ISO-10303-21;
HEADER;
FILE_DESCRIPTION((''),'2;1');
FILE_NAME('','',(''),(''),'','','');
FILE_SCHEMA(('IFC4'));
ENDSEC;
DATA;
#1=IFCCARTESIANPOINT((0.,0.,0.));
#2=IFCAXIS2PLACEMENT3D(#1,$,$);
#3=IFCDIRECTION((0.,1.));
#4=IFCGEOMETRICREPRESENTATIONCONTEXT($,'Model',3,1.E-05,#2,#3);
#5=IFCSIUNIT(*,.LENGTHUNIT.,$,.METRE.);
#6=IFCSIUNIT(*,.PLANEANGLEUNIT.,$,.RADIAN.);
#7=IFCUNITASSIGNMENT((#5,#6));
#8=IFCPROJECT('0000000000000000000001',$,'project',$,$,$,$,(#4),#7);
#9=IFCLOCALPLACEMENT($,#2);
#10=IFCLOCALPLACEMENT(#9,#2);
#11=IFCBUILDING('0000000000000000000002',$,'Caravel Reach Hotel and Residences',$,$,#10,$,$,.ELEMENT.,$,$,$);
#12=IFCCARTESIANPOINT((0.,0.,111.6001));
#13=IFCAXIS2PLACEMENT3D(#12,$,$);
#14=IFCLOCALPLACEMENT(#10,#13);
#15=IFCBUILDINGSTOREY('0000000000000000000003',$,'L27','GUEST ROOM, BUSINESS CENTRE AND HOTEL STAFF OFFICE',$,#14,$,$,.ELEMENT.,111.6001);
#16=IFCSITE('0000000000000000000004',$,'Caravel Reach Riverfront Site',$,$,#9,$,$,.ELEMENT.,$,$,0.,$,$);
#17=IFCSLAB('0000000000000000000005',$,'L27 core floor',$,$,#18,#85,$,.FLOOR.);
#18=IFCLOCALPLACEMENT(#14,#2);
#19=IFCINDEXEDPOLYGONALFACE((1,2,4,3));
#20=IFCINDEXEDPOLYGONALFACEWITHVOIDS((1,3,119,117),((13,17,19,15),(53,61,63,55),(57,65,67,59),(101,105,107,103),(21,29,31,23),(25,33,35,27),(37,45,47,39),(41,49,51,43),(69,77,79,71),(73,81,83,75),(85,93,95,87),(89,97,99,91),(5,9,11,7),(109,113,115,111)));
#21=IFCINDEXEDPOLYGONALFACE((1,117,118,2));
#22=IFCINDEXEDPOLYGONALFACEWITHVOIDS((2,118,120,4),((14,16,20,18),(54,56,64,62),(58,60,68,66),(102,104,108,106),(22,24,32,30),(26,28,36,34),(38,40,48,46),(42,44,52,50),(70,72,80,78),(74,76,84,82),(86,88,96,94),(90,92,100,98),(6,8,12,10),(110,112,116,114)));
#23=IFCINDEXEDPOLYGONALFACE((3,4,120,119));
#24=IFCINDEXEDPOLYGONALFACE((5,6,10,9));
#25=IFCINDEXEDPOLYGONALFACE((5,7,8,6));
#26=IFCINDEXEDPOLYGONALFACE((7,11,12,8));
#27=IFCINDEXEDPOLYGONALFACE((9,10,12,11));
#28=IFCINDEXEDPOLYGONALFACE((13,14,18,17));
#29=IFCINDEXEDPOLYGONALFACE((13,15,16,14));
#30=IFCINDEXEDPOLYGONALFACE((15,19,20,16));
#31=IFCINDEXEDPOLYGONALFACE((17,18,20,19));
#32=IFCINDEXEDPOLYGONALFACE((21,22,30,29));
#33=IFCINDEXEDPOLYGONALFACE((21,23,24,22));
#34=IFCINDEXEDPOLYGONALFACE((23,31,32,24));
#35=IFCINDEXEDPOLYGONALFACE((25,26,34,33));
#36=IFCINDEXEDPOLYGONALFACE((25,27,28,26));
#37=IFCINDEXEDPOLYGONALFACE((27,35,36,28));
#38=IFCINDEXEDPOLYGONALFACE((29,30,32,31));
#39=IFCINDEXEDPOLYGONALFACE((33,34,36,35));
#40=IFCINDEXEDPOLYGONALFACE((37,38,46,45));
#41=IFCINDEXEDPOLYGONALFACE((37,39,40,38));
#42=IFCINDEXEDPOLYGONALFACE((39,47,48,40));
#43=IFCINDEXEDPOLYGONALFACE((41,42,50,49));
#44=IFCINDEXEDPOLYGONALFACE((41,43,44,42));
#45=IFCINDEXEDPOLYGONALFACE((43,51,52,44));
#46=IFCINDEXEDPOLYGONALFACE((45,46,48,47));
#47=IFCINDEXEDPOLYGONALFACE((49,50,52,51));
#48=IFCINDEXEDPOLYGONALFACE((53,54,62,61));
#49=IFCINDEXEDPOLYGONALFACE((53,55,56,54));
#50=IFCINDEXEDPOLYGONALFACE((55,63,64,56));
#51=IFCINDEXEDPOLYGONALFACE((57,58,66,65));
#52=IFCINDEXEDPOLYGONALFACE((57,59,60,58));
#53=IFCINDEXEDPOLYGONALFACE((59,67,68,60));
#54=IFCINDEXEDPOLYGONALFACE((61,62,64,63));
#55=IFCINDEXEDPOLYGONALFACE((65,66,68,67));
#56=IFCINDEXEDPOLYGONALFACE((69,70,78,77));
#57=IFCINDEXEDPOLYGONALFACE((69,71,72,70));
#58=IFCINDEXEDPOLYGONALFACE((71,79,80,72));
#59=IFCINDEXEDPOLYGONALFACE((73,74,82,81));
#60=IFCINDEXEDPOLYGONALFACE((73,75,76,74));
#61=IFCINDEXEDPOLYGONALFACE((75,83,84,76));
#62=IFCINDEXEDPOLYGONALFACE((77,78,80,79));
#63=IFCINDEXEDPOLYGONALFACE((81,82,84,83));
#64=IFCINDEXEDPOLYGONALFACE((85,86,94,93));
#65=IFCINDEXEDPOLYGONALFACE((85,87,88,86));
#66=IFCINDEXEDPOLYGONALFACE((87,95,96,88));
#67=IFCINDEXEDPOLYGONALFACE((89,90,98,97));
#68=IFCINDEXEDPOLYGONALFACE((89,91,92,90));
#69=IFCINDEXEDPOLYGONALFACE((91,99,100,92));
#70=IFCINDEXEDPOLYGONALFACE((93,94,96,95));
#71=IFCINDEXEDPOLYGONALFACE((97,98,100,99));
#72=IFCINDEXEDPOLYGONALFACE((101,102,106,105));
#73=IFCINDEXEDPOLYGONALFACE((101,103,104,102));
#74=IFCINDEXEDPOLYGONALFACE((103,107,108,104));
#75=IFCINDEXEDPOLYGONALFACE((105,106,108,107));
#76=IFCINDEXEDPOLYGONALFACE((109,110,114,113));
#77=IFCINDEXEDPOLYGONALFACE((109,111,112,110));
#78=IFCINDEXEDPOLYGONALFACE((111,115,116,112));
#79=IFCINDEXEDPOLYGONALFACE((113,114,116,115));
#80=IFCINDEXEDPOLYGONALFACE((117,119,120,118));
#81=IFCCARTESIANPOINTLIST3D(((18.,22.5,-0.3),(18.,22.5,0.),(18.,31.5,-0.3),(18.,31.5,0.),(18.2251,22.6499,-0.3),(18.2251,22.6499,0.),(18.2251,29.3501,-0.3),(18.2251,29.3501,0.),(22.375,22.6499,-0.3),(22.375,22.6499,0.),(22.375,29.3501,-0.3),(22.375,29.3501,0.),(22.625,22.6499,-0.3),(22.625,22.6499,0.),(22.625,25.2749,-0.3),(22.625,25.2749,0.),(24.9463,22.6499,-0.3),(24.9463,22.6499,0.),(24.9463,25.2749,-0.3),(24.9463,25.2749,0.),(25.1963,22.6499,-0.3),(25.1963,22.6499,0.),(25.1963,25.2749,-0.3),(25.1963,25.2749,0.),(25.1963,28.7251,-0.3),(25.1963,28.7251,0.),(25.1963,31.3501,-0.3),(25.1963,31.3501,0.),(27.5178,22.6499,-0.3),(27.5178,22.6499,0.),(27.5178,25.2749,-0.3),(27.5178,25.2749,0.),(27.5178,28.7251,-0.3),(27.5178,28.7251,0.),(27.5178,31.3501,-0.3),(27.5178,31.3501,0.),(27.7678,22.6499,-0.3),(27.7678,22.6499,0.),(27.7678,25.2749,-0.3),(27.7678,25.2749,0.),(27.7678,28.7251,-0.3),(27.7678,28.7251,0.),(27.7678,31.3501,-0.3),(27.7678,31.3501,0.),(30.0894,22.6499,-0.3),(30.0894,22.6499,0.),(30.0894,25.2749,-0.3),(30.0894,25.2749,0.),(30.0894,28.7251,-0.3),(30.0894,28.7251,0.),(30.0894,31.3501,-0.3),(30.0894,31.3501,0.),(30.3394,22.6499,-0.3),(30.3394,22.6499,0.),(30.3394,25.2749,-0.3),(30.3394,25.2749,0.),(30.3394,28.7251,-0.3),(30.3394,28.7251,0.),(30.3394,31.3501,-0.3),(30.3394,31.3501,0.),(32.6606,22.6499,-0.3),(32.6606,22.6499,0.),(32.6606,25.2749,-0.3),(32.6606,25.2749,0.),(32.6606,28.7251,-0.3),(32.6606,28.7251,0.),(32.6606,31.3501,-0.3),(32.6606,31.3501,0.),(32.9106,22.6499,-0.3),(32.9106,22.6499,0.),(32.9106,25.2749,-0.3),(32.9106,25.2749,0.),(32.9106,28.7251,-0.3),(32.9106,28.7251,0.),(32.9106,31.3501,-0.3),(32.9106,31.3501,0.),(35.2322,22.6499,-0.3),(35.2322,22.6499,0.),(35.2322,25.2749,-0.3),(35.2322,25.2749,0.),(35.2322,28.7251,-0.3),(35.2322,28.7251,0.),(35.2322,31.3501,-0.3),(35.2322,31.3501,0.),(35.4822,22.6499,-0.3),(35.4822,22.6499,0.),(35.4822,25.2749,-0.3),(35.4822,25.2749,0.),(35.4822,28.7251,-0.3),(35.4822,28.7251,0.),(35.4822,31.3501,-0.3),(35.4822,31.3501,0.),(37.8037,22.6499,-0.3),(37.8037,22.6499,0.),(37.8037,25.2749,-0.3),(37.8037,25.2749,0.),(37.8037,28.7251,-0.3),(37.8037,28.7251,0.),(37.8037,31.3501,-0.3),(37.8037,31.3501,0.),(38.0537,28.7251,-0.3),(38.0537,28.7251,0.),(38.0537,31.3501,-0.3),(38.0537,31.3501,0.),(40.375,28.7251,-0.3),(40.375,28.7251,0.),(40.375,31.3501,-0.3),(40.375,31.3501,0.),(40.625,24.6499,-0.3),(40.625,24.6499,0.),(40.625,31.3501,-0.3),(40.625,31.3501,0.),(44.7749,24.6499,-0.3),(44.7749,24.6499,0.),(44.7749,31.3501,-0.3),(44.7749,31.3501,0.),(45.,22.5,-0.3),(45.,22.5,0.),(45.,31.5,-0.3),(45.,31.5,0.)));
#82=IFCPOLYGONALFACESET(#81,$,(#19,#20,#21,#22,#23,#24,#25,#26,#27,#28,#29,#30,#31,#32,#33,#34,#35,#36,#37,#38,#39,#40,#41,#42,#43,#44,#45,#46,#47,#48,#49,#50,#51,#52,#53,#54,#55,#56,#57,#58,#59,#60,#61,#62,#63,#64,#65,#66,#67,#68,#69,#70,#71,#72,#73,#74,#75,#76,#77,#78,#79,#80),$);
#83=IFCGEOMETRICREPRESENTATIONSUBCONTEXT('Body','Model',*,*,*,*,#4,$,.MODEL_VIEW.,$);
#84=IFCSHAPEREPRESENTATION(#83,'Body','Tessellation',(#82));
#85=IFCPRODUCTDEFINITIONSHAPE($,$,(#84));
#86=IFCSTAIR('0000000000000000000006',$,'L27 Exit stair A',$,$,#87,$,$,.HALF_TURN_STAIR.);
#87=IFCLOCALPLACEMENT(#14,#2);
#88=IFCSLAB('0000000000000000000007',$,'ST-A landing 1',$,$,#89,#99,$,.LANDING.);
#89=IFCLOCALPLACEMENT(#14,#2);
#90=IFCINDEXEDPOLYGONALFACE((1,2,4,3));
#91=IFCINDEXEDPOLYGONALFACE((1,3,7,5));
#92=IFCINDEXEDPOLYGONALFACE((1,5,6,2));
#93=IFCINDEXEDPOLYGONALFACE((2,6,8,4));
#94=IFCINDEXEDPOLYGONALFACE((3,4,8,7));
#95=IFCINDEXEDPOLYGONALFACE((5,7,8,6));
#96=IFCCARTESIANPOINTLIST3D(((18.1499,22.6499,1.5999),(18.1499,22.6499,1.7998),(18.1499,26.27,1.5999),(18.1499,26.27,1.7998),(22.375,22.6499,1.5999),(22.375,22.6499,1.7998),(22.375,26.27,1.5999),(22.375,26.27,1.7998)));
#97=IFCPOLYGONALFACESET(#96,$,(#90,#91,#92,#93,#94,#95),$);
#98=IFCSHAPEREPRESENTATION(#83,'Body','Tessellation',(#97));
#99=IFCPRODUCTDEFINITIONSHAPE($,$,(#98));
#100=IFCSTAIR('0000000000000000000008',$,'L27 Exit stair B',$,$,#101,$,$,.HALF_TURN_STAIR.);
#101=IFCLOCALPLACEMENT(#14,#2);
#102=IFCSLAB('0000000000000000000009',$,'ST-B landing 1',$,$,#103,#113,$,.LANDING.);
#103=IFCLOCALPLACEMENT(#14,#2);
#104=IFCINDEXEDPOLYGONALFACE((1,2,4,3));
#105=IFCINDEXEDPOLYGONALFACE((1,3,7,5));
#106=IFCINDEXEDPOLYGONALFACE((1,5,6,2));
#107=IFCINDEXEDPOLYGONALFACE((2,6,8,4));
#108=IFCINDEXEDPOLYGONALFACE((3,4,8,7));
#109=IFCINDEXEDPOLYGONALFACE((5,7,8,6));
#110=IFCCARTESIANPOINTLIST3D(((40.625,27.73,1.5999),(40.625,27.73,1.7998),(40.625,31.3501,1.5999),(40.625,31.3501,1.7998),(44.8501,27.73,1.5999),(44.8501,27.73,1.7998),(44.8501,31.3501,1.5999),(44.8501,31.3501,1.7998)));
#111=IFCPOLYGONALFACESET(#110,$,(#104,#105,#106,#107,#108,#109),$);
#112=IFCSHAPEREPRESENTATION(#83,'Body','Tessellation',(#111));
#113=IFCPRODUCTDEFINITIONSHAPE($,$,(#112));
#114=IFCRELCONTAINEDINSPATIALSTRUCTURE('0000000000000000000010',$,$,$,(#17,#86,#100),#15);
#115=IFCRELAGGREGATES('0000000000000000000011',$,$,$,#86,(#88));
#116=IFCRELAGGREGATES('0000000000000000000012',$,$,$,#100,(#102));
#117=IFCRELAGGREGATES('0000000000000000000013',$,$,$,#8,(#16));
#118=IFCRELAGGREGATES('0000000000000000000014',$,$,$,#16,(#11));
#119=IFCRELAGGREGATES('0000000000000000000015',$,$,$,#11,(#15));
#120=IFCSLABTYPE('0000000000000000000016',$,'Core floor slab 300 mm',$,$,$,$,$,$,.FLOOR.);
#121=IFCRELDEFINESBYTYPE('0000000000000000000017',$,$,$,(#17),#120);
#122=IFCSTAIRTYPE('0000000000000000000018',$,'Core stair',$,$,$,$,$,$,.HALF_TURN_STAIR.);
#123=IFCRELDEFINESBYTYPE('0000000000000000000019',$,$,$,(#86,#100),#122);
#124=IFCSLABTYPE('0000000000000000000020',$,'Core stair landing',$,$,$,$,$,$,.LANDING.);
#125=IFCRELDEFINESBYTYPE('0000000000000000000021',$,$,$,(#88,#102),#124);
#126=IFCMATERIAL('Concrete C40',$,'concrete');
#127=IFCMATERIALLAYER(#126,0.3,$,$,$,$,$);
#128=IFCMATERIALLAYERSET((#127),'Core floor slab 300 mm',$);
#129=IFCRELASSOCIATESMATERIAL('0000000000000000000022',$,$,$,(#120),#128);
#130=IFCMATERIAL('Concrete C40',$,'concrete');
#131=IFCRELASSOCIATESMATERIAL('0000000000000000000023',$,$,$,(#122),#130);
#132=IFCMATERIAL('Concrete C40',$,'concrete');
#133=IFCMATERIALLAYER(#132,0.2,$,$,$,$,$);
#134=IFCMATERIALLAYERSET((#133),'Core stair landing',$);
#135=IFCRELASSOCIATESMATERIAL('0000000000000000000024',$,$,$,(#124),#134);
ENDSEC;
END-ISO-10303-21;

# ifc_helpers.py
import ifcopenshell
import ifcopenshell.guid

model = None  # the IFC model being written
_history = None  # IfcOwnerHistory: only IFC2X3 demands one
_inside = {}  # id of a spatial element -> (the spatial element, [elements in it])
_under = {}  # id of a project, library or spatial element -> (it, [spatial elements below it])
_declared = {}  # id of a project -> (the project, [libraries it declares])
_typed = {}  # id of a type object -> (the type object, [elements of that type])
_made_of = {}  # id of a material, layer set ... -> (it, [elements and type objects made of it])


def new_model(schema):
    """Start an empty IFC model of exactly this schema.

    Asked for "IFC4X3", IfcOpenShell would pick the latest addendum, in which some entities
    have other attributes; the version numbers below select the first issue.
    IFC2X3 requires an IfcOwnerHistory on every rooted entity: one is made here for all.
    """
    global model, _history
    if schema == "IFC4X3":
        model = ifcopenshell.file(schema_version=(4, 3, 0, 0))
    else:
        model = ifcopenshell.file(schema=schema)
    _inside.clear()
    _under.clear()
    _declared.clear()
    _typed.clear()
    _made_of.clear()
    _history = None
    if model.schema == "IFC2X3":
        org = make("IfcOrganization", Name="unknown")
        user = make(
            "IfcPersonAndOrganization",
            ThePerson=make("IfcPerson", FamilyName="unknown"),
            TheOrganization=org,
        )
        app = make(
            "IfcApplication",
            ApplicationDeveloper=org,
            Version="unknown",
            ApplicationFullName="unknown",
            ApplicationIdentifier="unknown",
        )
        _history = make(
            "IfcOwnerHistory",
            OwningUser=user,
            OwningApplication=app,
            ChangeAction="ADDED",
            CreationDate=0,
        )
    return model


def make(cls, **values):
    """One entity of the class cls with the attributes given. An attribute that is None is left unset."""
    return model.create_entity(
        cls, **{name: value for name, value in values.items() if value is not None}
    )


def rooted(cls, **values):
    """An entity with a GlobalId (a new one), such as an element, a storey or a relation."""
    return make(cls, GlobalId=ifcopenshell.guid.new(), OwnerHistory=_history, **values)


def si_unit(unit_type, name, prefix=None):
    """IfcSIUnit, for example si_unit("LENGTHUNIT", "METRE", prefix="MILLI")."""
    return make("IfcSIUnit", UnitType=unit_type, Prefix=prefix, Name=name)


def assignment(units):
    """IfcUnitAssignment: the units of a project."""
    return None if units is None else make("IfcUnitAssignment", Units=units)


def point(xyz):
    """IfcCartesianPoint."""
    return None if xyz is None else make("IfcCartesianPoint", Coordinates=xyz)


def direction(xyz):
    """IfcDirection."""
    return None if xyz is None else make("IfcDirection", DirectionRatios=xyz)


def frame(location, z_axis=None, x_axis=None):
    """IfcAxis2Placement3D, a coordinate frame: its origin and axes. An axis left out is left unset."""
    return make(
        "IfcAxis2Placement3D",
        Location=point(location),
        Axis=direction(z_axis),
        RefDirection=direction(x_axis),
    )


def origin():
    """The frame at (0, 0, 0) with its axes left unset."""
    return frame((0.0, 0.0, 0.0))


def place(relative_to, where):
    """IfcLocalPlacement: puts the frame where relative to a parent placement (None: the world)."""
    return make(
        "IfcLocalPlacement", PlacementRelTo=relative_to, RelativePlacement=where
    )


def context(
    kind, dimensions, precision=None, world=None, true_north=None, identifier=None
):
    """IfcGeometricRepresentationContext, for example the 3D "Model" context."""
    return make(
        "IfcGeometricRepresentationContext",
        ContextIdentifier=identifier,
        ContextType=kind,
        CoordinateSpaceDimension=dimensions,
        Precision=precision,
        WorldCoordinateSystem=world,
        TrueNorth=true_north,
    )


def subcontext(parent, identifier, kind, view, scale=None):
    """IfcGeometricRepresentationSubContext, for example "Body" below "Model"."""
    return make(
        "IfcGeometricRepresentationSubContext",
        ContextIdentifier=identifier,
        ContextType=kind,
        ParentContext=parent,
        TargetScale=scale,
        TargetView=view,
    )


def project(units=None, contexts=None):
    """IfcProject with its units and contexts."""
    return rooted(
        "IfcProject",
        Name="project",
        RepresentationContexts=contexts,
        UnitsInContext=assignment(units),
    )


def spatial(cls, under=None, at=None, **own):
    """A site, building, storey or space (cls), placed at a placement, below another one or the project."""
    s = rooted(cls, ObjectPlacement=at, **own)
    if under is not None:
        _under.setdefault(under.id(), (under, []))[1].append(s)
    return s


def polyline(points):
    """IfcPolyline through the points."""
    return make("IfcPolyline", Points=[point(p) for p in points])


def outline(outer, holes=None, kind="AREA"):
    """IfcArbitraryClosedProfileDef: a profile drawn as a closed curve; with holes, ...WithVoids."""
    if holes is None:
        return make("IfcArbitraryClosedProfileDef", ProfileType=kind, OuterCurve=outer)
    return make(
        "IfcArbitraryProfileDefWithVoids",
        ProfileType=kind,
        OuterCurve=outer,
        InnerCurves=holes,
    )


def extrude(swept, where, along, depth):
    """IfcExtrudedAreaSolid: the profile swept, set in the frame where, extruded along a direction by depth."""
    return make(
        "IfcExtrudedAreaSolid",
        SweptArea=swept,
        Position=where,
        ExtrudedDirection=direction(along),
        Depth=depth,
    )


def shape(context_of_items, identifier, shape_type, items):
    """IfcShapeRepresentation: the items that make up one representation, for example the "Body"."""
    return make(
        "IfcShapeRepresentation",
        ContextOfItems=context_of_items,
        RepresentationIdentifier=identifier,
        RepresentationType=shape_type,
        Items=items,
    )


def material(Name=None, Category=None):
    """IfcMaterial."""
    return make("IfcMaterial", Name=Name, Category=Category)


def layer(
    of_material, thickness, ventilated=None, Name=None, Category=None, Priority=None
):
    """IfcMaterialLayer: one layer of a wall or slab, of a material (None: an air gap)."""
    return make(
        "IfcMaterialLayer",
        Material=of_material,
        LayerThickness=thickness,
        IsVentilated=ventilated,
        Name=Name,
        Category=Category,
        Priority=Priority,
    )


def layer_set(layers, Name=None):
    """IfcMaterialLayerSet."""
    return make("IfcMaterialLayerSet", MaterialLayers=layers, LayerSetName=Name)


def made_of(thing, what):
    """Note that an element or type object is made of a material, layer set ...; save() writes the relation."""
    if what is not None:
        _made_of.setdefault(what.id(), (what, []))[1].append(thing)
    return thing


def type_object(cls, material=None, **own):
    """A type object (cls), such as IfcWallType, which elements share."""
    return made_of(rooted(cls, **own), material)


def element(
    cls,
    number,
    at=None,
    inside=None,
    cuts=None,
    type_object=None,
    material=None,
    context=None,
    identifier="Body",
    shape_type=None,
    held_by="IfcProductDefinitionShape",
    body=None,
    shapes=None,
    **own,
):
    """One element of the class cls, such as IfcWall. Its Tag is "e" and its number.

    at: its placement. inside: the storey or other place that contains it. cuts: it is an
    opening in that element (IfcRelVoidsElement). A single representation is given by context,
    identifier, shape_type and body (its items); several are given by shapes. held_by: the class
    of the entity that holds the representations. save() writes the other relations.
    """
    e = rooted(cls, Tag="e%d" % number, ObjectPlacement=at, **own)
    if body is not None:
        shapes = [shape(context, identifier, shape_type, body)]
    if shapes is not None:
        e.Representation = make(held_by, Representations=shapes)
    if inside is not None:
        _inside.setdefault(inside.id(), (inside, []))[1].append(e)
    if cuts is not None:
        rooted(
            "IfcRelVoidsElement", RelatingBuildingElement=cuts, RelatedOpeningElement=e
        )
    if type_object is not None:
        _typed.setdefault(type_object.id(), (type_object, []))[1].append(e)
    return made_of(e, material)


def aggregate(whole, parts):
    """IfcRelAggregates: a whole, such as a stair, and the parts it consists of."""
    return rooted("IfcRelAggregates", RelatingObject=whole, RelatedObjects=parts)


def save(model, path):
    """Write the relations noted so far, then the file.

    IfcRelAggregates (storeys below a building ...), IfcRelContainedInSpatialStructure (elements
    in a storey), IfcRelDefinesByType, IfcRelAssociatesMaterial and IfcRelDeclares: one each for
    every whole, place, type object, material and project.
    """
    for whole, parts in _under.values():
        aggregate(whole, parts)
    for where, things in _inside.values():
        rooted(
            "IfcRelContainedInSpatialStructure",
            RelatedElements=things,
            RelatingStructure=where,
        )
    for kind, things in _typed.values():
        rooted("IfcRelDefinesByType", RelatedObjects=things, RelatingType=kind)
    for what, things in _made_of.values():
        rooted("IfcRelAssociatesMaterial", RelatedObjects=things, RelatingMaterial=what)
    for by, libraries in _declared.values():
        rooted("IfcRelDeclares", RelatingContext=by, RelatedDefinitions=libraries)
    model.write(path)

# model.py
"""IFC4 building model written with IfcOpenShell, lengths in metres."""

from ifc_helpers import new_model, si_unit, direction, frame, origin, place, context, subcontext, project, spatial, polyline, outline, extrude, material, layer, layer_set, type_object, element, aggregate, save


model = new_model("IFC4")

# Units and contexts
model_context = context("Model", 3, precision=1e-05, world=origin(), true_north=direction((0.0, 1.0)))
body_context = subcontext(model_context, "Body", "Model", "MODEL_VIEW")
ifc_project = project(units=[si_unit("LENGTHUNIT", "METRE"), si_unit("PLANEANGLEUNIT", "RADIAN")], contexts=[model_context])

# Site, building, storey
site_placement = place(None, origin())
site = spatial("IfcSite", under=ifc_project, at=site_placement, Name="Caravel Reach Riverfront Site", CompositionType="ELEMENT", RefElevation=0.0)
building_placement = place(site_placement, origin())
building = spatial("IfcBuilding", under=site, at=building_placement, Name="Caravel Reach Hotel and Residences", CompositionType="ELEMENT")
storey_placement = place(building_placement, frame((0.0, 0.0, 111.6001)))
storey = spatial("IfcBuildingStorey", under=building, at=storey_placement, Name="L27", Description="GUEST ROOM, BUSINESS CENTRE AND HOTEL STAFF OFFICE", CompositionType="ELEMENT", Elevation=111.6001)

# Slab
ifc_material_1 = material(Name="Concrete C40", Category="concrete")
ifc_layer_1 = layer(ifc_material_1, 0.3)
ifc_layer_set_1 = layer_set([ifc_layer_1], Name="Core floor slab 300 mm")
slab_type_1 = type_object("IfcSlabType", Name="Core floor slab 300 mm", PredefinedType="FLOOR", material=ifc_layer_set_1)
slab_1_placement = place(storey_placement, frame((0.0, 0.0, -0.3)))
element("IfcSlab", 1, at=slab_1_placement, inside=storey, type_object=slab_type_1, Name="L27 core floor", PredefinedType="FLOOR", context=body_context, shape_type="SweptSolid", body=[
    extrude(outline(polyline([(18.0, 31.5), (45.0, 31.5), (45.0, 22.5), (18.0, 22.5), (18.0, 31.5)]), holes=[polyline([(22.625, 25.2749), (22.625, 22.6499), (24.9463, 22.6499), (24.9463, 25.2749), (22.625, 25.2749)]), polyline([(27.5178, 25.2749), (25.1963, 25.2749), (25.1963, 22.6499), (27.5178, 22.6499), (27.5178, 25.2749)]), polyline([(30.0894, 25.2749), (27.7678, 25.2749), (27.7678, 22.6499), (30.0894, 22.6499), (30.0894, 25.2749)]), polyline([(32.6606, 25.2749), (30.3394, 25.2749), (30.3394, 22.6499), (32.6606, 22.6499), (32.6606, 25.2749)]), polyline([(18.2251, 22.6499), (22.375, 22.6499), (22.375, 29.3501), (18.2251, 29.3501), (18.2251, 22.6499)]), polyline([(27.5178, 31.3501), (25.1963, 31.3501), (25.1963, 28.7251), (27.5178, 28.7251), (27.5178, 31.3501)]), polyline([(30.0894, 31.3501), (27.7678, 31.3501), (27.7678, 28.7251), (30.0894, 28.7251), (30.0894, 31.3501)]), polyline([(32.9106, 25.2749), (32.9106, 22.6499), (35.2322, 22.6499), (35.2322, 25.2749), (32.9106, 25.2749)]), polyline([(37.8037, 25.2749), (35.4822, 25.2749), (35.4822, 22.6499), (37.8037, 22.6499), (37.8037, 25.2749)]), polyline([(44.7749, 31.3501), (40.625, 31.3501), (40.625, 24.6499), (44.7749, 24.6499), (44.7749, 31.3501)]), polyline([(32.6606, 31.3501), (30.3394, 31.3501), (30.3394, 28.7251), (32.6606, 28.7251), (32.6606, 31.3501)]), polyline([(35.2322, 31.3501), (32.9106, 31.3501), (32.9106, 28.7251), (35.2322, 28.7251), (35.2322, 31.3501)]), polyline([(37.8037, 31.3501), (35.4822, 31.3501), (35.4822, 28.7251), (37.8037, 28.7251), (37.8037, 31.3501)]), polyline([(40.375, 31.3501), (38.0537, 31.3501), (38.0537, 28.7251), (40.375, 28.7251), (40.375, 31.3501)])]), origin(), (0.0, 0.0, 1.0), 0.3),
])

# Stairs, slabs
ifc_material_2 = material(Name="Concrete C40", Category="concrete")
stair_type = type_object("IfcStairType", Name="Core stair", PredefinedType="HALF_TURN_STAIR", material=ifc_material_2)
stair_1_placement = place(storey_placement, origin())
stair_1 = element("IfcStair", 2, at=stair_1_placement, inside=storey, type_object=stair_type, Name="L27 Exit stair A", PredefinedType="HALF_TURN_STAIR")
ifc_material_3 = material(Name="Concrete C40", Category="concrete")
ifc_layer_2 = layer(ifc_material_3, 0.2)
ifc_layer_set_2 = layer_set([ifc_layer_2], Name="Core stair landing")
slab_type_2 = type_object("IfcSlabType", Name="Core stair landing", PredefinedType="LANDING", material=ifc_layer_set_2)
slab_2_placement = place(storey_placement, frame((0.0, 0.0, 1.5999)))
slab_2 = element("IfcSlab", 3, at=slab_2_placement, type_object=slab_type_2, Name="ST-A landing 1", PredefinedType="LANDING", context=body_context, shape_type="SweptSolid", body=[
    extrude(outline(polyline([(18.1499, 26.27), (18.1499, 22.6499), (22.375, 22.6499), (22.375, 26.27), (18.1499, 26.27)])), origin(), (0.0, 0.0, 1.0), 0.2),
])
aggregate(stair_1, [slab_2])
stair_2_placement = place(storey_placement, origin())
stair_2 = element("IfcStair", 4, at=stair_2_placement, inside=storey, type_object=stair_type, Name="L27 Exit stair B", PredefinedType="HALF_TURN_STAIR")
slab_3_placement = place(storey_placement, frame((0.0, 0.0, 1.5999)))
slab_3 = element("IfcSlab", 5, at=slab_3_placement, type_object=slab_type_2, Name="ST-B landing 1", PredefinedType="LANDING", context=body_context, shape_type="SweptSolid", body=[
    extrude(outline(polyline([(44.8501, 27.73), (44.8501, 31.3501), (40.625, 31.3501), (40.625, 27.73), (44.8501, 27.73)])), origin(), (0.0, 0.0, 1.0), 0.2),
])
aggregate(stair_2, [slab_3])

save(model, "model.ifc")
